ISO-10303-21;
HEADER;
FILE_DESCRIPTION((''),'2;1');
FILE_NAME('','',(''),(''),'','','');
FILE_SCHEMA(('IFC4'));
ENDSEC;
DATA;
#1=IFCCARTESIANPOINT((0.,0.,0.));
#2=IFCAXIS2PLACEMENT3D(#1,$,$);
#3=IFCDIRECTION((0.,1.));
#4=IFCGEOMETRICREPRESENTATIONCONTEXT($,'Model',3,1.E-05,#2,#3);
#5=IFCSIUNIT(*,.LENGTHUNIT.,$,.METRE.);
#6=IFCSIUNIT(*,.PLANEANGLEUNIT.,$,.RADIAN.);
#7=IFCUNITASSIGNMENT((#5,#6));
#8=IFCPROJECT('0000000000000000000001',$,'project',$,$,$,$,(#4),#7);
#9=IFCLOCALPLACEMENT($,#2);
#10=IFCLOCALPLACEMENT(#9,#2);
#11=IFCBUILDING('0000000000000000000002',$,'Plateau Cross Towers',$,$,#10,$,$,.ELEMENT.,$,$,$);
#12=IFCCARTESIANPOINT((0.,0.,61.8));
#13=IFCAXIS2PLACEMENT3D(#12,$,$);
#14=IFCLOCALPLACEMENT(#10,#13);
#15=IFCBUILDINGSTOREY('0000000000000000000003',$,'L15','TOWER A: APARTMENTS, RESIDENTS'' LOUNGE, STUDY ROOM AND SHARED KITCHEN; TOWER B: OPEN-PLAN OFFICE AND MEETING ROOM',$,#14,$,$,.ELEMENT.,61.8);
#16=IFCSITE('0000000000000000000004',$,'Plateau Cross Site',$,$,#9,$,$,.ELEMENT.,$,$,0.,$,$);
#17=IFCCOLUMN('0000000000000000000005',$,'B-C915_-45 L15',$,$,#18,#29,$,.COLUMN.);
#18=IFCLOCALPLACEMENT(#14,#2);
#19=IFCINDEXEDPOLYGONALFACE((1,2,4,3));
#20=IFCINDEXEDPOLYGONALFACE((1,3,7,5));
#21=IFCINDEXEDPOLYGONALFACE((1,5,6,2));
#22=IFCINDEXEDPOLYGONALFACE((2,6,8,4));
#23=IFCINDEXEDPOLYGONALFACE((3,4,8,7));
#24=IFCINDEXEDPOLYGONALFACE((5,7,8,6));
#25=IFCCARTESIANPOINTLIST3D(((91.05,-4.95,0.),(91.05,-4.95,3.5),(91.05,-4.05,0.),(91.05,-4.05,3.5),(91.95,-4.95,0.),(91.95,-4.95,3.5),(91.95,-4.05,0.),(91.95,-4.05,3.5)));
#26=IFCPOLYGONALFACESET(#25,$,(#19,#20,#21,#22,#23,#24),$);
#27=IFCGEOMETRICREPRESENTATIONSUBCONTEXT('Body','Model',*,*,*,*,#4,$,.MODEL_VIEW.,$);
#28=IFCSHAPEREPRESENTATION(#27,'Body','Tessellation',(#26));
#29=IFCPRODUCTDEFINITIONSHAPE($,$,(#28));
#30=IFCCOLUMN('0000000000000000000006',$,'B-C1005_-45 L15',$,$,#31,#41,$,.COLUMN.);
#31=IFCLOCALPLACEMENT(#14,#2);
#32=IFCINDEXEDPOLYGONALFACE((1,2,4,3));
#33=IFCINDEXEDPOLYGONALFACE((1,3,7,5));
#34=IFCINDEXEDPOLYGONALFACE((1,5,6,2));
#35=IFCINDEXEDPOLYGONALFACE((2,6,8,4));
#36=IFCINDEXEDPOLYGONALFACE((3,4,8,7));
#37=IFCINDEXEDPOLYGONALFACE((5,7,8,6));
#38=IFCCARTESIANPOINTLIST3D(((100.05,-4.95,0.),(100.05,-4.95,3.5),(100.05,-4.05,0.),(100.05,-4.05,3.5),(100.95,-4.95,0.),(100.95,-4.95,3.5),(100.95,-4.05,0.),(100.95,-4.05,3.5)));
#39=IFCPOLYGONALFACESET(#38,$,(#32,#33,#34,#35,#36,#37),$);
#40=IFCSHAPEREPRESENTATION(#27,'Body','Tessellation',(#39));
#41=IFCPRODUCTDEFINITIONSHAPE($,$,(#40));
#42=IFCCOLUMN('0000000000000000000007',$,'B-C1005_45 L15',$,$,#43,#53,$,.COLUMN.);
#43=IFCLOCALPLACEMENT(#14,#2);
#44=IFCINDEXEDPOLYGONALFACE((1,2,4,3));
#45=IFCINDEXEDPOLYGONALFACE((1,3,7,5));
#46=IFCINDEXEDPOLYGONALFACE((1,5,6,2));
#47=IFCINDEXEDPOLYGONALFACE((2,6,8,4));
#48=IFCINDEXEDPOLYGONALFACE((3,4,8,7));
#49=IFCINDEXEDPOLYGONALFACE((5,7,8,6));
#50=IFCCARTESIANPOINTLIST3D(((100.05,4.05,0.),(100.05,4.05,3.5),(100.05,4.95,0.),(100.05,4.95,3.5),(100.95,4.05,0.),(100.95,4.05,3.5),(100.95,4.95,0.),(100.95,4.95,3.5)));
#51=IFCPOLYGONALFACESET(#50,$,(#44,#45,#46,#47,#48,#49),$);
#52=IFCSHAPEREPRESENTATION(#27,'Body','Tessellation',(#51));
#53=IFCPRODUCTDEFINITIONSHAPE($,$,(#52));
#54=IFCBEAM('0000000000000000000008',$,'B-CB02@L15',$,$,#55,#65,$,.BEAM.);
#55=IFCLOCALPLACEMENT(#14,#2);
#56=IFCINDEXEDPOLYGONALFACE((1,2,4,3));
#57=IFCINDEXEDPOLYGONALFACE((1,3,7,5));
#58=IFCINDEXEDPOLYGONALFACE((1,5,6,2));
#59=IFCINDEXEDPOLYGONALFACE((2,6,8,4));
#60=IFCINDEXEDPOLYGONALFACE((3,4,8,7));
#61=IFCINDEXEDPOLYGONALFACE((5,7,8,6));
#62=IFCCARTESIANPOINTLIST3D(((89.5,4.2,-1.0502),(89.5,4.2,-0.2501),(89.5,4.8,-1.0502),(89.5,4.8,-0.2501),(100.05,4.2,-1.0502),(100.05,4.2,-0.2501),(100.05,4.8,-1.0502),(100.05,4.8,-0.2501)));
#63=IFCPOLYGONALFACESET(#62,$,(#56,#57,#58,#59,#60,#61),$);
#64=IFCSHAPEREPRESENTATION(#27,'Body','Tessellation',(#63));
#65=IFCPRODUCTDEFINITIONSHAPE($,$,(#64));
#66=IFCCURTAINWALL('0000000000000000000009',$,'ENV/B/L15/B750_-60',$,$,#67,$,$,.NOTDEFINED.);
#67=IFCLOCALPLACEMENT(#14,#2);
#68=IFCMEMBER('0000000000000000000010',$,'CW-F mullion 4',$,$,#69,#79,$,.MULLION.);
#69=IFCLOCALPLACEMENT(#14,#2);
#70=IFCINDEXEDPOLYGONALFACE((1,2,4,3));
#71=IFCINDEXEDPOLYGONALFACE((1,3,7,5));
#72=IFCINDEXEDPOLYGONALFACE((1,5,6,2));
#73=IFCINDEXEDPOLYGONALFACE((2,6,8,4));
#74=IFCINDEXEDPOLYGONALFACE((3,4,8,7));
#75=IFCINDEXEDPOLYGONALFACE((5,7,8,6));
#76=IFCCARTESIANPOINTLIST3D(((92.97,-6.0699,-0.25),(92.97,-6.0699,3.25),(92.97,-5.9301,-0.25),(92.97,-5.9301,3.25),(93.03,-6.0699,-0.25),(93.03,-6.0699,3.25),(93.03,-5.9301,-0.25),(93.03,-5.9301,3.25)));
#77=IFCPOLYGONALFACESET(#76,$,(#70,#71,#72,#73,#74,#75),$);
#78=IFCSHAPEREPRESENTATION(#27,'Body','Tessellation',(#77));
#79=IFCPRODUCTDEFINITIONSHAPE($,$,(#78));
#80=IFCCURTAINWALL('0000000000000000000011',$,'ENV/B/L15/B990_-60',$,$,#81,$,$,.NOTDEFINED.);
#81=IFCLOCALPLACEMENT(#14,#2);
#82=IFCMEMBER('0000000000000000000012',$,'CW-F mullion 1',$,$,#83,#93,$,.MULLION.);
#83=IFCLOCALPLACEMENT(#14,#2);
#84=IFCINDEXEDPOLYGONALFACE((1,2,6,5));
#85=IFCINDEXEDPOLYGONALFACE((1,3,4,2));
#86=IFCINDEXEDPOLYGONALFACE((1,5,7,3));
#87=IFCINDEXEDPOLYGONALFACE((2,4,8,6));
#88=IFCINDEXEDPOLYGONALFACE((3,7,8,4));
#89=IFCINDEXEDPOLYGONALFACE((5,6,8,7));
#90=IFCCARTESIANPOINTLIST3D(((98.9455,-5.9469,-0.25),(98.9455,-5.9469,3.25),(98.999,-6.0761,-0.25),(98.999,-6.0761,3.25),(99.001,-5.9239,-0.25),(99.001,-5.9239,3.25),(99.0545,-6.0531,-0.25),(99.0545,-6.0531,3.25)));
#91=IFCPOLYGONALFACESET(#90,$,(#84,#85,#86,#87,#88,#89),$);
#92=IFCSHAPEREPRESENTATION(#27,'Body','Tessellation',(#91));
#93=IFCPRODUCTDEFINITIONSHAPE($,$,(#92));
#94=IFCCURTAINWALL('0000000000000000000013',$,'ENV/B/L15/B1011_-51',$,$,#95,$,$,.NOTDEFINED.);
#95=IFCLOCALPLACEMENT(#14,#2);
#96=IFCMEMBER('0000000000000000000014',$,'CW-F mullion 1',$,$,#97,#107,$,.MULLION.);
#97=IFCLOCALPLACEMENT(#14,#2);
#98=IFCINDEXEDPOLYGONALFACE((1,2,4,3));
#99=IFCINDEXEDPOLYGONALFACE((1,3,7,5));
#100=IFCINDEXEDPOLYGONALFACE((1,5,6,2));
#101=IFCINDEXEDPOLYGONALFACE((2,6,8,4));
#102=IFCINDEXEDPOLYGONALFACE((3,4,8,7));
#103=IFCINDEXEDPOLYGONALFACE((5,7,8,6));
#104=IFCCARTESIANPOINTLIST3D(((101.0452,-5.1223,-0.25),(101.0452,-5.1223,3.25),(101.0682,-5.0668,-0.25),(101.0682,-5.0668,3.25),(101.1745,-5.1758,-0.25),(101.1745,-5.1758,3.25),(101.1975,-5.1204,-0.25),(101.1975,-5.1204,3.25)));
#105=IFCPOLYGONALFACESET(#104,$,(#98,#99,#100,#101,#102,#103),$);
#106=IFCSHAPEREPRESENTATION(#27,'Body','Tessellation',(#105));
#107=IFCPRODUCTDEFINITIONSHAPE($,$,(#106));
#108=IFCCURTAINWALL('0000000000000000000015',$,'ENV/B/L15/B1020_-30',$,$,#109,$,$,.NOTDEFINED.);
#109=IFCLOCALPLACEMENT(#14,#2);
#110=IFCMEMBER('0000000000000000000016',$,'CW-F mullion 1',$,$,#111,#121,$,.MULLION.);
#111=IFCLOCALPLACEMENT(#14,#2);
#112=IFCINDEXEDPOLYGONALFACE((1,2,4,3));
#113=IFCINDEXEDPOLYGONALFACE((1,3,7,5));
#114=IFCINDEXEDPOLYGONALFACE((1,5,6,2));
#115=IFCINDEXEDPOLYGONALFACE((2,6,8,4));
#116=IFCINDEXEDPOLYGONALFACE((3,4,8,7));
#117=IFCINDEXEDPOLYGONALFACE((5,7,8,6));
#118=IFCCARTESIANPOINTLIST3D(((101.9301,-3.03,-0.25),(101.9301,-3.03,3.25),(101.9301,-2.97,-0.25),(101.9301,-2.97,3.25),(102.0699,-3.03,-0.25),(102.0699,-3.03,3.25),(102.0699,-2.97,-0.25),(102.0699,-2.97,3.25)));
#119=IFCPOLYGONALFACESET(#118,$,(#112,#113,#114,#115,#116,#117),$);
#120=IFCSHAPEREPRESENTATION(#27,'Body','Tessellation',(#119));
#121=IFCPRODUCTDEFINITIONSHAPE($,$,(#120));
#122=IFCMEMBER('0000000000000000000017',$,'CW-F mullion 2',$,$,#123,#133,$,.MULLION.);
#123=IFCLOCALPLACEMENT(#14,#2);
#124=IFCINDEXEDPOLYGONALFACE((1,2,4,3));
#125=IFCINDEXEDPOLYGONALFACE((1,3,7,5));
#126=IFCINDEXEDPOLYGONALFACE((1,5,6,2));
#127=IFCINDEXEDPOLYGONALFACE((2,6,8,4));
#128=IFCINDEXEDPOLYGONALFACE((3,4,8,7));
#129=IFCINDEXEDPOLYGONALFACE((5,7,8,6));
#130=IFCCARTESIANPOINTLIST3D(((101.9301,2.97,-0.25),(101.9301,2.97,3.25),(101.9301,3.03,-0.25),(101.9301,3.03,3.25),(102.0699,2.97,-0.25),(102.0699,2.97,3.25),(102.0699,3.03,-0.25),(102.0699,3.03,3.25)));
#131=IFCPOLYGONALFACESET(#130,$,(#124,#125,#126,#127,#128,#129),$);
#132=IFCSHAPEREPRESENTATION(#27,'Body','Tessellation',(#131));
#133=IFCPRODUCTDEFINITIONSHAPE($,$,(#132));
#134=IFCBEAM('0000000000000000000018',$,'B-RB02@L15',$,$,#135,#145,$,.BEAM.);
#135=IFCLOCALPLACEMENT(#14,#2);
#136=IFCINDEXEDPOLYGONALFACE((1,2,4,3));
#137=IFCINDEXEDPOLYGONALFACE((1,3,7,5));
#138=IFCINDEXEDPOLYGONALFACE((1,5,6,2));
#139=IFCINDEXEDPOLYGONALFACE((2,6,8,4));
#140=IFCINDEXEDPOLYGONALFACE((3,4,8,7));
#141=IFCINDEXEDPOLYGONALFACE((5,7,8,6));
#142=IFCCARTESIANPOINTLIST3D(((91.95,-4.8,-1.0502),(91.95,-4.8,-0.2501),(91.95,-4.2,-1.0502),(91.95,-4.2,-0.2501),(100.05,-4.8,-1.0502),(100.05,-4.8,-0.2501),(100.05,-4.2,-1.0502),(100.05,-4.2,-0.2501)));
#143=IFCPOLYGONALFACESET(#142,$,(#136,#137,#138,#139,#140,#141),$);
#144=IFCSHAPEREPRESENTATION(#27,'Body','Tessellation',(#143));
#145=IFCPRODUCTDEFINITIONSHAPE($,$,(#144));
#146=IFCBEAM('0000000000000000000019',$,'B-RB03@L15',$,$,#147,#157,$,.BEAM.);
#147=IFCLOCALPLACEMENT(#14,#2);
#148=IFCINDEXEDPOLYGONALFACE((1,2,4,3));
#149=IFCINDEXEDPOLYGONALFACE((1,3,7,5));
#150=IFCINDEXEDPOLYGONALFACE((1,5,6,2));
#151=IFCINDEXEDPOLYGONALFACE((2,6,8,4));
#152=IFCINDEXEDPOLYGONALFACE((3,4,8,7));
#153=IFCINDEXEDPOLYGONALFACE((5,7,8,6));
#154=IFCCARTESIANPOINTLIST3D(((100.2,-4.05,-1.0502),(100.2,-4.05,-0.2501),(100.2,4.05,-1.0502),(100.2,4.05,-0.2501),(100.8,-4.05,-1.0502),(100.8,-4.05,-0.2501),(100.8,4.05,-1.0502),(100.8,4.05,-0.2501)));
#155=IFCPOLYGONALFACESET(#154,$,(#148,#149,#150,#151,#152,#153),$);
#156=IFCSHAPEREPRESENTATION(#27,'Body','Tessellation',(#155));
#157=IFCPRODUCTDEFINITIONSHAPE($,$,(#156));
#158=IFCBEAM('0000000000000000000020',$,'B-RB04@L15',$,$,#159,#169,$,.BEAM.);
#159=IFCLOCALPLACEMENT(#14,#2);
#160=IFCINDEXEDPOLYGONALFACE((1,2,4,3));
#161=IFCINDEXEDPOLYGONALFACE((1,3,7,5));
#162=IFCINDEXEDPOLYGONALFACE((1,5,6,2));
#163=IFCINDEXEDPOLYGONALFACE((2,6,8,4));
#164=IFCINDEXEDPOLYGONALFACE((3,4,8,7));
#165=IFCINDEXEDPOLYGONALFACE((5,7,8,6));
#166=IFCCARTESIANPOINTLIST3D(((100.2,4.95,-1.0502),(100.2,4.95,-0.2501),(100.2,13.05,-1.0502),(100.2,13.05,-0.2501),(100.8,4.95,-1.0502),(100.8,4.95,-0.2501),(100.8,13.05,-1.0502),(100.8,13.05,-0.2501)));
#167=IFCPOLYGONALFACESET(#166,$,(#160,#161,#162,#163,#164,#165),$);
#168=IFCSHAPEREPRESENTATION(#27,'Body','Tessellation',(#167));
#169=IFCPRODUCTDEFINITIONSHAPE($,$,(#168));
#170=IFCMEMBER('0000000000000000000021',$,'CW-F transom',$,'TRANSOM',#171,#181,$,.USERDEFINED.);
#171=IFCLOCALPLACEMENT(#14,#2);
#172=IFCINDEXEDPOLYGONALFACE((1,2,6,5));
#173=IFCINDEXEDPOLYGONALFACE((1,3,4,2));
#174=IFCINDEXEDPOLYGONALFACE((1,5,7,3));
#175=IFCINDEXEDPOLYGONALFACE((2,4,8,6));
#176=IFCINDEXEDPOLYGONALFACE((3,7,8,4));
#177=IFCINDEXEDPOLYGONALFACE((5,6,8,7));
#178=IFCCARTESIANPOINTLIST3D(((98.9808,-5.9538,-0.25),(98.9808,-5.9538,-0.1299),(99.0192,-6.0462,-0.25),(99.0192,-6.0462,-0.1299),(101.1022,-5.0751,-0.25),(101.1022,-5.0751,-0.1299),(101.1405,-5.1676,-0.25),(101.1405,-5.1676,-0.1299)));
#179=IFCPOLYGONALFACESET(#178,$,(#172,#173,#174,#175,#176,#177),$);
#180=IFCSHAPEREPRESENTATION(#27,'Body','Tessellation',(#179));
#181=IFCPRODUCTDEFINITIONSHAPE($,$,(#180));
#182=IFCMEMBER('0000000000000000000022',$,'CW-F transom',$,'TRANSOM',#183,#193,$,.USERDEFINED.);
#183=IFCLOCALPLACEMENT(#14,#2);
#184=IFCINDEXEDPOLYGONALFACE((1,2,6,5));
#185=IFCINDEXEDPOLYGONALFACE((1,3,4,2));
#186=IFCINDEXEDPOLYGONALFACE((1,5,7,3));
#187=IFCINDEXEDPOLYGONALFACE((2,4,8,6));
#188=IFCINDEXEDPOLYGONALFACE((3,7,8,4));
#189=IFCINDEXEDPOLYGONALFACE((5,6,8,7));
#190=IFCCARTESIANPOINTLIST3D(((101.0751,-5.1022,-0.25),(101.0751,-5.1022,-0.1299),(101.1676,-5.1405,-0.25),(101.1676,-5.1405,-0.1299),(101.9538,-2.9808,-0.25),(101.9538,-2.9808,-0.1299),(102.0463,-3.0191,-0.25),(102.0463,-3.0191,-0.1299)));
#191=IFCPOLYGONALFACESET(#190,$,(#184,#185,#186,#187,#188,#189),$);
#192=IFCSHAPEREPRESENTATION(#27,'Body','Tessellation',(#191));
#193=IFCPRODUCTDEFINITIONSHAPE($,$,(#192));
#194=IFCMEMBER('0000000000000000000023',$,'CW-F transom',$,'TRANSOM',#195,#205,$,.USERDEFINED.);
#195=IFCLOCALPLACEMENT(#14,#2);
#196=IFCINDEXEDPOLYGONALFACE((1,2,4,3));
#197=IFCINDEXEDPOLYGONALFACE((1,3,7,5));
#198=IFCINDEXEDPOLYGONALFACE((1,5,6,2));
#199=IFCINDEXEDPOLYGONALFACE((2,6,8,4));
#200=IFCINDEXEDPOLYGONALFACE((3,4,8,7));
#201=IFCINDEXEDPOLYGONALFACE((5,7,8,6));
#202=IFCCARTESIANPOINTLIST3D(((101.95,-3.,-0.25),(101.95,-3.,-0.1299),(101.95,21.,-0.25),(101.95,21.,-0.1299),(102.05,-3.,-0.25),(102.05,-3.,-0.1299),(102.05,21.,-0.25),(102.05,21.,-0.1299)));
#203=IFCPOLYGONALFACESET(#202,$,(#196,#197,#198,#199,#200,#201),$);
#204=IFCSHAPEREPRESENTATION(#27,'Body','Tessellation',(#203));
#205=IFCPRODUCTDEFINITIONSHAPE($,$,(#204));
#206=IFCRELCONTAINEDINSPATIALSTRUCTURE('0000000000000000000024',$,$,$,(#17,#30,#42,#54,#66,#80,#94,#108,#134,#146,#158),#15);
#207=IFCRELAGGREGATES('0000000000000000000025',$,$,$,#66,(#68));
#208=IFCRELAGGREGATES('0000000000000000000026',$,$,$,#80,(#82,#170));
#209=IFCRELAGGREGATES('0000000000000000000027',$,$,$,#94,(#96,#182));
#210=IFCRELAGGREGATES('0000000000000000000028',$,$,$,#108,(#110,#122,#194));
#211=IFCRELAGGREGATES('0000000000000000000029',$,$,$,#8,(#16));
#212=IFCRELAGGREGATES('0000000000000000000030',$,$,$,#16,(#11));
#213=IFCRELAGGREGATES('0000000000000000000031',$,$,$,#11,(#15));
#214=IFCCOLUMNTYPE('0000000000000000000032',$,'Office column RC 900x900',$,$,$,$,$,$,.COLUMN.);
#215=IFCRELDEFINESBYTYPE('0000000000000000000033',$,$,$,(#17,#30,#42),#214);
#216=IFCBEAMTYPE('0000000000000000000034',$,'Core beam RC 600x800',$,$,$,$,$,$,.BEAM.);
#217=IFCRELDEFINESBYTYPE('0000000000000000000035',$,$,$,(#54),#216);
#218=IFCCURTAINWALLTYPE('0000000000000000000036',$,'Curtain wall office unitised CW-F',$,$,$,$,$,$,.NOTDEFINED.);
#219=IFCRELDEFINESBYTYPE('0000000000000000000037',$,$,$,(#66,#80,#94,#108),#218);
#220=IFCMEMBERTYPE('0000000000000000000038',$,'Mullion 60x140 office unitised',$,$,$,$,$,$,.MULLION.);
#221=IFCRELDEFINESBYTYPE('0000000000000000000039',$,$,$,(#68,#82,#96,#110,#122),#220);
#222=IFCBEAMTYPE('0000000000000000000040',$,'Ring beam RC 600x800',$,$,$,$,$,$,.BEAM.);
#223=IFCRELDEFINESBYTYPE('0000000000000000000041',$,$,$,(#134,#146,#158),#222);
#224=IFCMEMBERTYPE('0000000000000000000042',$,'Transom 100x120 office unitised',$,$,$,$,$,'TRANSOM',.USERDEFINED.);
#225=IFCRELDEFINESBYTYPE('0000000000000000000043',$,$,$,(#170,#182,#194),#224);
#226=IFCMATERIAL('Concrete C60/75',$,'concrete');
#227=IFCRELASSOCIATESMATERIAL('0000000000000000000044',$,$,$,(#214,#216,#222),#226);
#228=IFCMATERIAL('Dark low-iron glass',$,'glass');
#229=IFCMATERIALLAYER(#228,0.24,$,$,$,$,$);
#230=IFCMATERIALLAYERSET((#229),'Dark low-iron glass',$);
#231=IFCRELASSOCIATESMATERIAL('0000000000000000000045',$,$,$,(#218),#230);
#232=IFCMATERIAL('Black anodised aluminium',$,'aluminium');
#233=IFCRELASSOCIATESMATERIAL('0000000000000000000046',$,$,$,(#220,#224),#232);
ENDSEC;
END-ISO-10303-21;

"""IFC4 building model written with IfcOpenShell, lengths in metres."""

from ifc_helpers import new_model, si_unit, direction, frame, origin, origin_2d, place, context, subcontext, project, spatial, rectangle, extrude, material, layer, layer_set, material_profile, profile_set, type_object, element, aggregate, save


model = new_model("IFC4")

# Units and contexts
model_context = context("Model", 3, precision=1e-05, world=origin(), true_north=direction((0.0, 1.0)))
body_context = subcontext(model_context, "Body", "Model", "MODEL_VIEW")
ifc_project = project(units=[si_unit("LENGTHUNIT", "METRE"), si_unit("PLANEANGLEUNIT", "RADIAN")], contexts=[model_context])

# Site, building, storey
site_placement = place(None, origin())
site = spatial("IfcSite", under=ifc_project, at=site_placement, Name="Plateau Cross Site", CompositionType="ELEMENT", RefElevation=0.0)
building_placement = place(site_placement, origin())
building = spatial("IfcBuilding", under=site, at=building_placement, Name="Plateau Cross Towers", CompositionType="ELEMENT")
storey_placement = place(building_placement, frame((0.0, 0.0, 61.8)))
storey = spatial("IfcBuildingStorey", under=building, at=storey_placement, Name="L15", Description="TOWER A: APARTMENTS, RESIDENTS' LOUNGE, STUDY ROOM AND SHARED KITCHEN; TOWER B: OPEN-PLAN OFFICE AND MEETING ROOM", CompositionType="ELEMENT", Elevation=61.8)

# Columns
ifc_material_1 = material(Name="Concrete C60/75", Category="concrete")
ifc_material_profile_1 = material_profile(ifc_material_1, rectangle(XDim=0.8999, YDim=0.8999, at=origin_2d()), Name="RC 900x900")
ifc_profile_set_1 = profile_set([ifc_material_profile_1], Name="Concrete C60/75")
column_type = type_object("IfcColumnType", Name="Office column RC 900x900", PredefinedType="COLUMN", material=ifc_profile_set_1)
for number, where, z_axis, x_axis, name in (
    (1, (91.5, -4.5, 0.0), (0.0, 0.0, 1.0), (1.0, 0.0, 0.0), "B-C915_-45 L15"),
    (2, (100.5, -4.5, 0.0), (0.0, 0.0, 1.0), (1.0, 0.0, 0.0), "B-C1005_-45 L15"),
    (3, (100.5, 4.5, 0.0), (0.0, 0.0, 1.0), (1.0, 0.0, 0.0), "B-C1005_45 L15"),
):
    element("IfcColumn", number, at=place(storey_placement, frame(where, z_axis=z_axis, x_axis=x_axis)), inside=storey, type_object=column_type, Name=name, PredefinedType="COLUMN", context=body_context, shape_type="SweptSolid", body=[
        extrude(rectangle(XDim=0.8999, YDim=0.8999, at=origin_2d()), origin(), (0.0, 0.0, 1.0), 3.5),
    ])

# Beam
ifc_material_profile_2 = material_profile(ifc_material_1, rectangle(XDim=0.6001, YDim=0.8, at=origin_2d()), Name="RC 600x800")
ifc_profile_set_2 = profile_set([ifc_material_profile_2], Name="Concrete C60/75")
beam_type_1 = type_object("IfcBeamType", Name="Core beam RC 600x800", PredefinedType="BEAM", material=ifc_profile_set_2)
beam_placement = place(storey_placement, frame((89.5, 4.5, -0.6501), z_axis=(1.0, 0.0, 0.0), x_axis=(0.0, 1.0, 0.0)))
element("IfcBeam", 4, at=beam_placement, inside=storey, type_object=beam_type_1, Name="B-CB02@L15", PredefinedType="BEAM", context=body_context, shape_type="SweptSolid", body=[
    extrude(rectangle(XDim=0.6001, YDim=0.8, at=origin_2d()), origin(), (0.0, 0.0, 1.0), 10.55),
])

# Curtain walls, members
ifc_material_2 = material(Name="Dark low-iron glass", Category="glass")
ifc_layer_1 = layer(ifc_material_2, 0.24)
ifc_layer_set_1 = layer_set([ifc_layer_1], Name="Dark low-iron glass")
curtain_wall_type = type_object("IfcCurtainWallType", Name="Curtain wall office unitised CW-F", PredefinedType="NOTDEFINED", material=ifc_layer_set_1)
curtain_wall_1_placement = place(storey_placement, origin())
curtain_wall_1 = element("IfcCurtainWall", 5, at=curtain_wall_1_placement, inside=storey, type_object=curtain_wall_type, Name="ENV/B/L15/B750_-60", PredefinedType="NOTDEFINED")
ifc_material_3 = material(Name="Black anodised aluminium", Category="aluminium")
ifc_material_profile_3 = material_profile(ifc_material_3, rectangle(XDim=0.0601, YDim=0.1399, at=origin_2d()), Name="MULLION 60x140")
ifc_profile_set_3 = profile_set([ifc_material_profile_3], Name="Black anodised aluminium")
member_type_1 = type_object("IfcMemberType", Name="Mullion 60x140 office unitised", PredefinedType="MULLION", material=ifc_profile_set_3)
member_1_placement = place(storey_placement, frame((93.0, -6.0, -0.25), z_axis=(0.0, 0.0, 1.0), x_axis=(1.0, 0.0, 0.0)))
member_1 = element("IfcMember", 6, at=member_1_placement, type_object=member_type_1, Name="CW-F mullion 4", PredefinedType="MULLION", context=body_context, shape_type="SweptSolid", body=[
    extrude(rectangle(XDim=0.0601, YDim=0.1399, at=origin_2d()), origin(), (0.0, 0.0, 1.0), 3.5),
])
curtain_wall_2_placement = place(storey_placement, origin())
curtain_wall_2 = element("IfcCurtainWall", 7, at=curtain_wall_2_placement, inside=storey, type_object=curtain_wall_type, Name="ENV/B/L15/B990_-60", PredefinedType="NOTDEFINED")
member_2_placement = place(storey_placement, frame((99.0, -6.0, -0.25), z_axis=(0.0, 0.0, 1.0), x_axis=(0.923879, 0.382684, 0.0)))
member_2 = element("IfcMember", 8, at=member_2_placement, type_object=member_type_1, Name="CW-F mullion 1", PredefinedType="MULLION", context=body_context, shape_type="SweptSolid", body=[
    extrude(rectangle(XDim=0.0601, YDim=0.1399, at=origin_2d()), origin(), (0.0, 0.0, 1.0), 3.5),
])
curtain_wall_3_placement = place(storey_placement, origin())
curtain_wall_3 = element("IfcCurtainWall", 9, at=curtain_wall_3_placement, inside=storey, type_object=curtain_wall_type, Name="ENV/B/L15/B1011_-51", PredefinedType="NOTDEFINED")
member_3_placement = place(storey_placement, frame((101.1213, -5.1213, -0.25), z_axis=(0.0, 0.0, 1.0), x_axis=(0.382684, 0.923879, 0.0)))
member_3 = element("IfcMember", 10, at=member_3_placement, type_object=member_type_1, Name="CW-F mullion 1", PredefinedType="MULLION", context=body_context, shape_type="SweptSolid", body=[
    extrude(rectangle(XDim=0.0601, YDim=0.1399, at=origin_2d()), origin(), (0.0, 0.0, 1.0), 3.5),
])

# Curtain wall, members
curtain_wall_4_placement = place(storey_placement, origin())
curtain_wall_4 = element("IfcCurtainWall", 11, at=curtain_wall_4_placement, inside=storey, type_object=curtain_wall_type, Name="ENV/B/L15/B1020_-30", PredefinedType="NOTDEFINED")
member_4_placement = place(storey_placement, frame((102.0, -3.0, -0.25), z_axis=(0.0, 0.0, 1.0), x_axis=(0.0, 1.0, 0.0)))
member_4 = element("IfcMember", 12, at=member_4_placement, type_object=member_type_1, Name="CW-F mullion 1", PredefinedType="MULLION", context=body_context, shape_type="SweptSolid", body=[
    extrude(rectangle(XDim=0.0601, YDim=0.1399, at=origin_2d()), origin(), (0.0, 0.0, 1.0), 3.5),
])
member_5_placement = place(storey_placement, frame((102.0, 3.0, -0.25), z_axis=(0.0, 0.0, 1.0), x_axis=(0.0, 1.0, 0.0)))
member_5 = element("IfcMember", 13, at=member_5_placement, type_object=member_type_1, Name="CW-F mullion 2", PredefinedType="MULLION", context=body_context, shape_type="SweptSolid", body=[
    extrude(rectangle(XDim=0.0601, YDim=0.1399, at=origin_2d()), origin(), (0.0, 0.0, 1.0), 3.5),
])

# Beams
ifc_material_profile_4 = material_profile(ifc_material_1, rectangle(XDim=0.6001, YDim=0.8, at=origin_2d()), Name="RC 600x800")
ifc_profile_set_4 = profile_set([ifc_material_profile_4], Name="Concrete C60/75")
beam_type_2 = type_object("IfcBeamType", Name="Ring beam RC 600x800", PredefinedType="BEAM", material=ifc_profile_set_4)
for number, where, z_axis, x_axis, name in (
    (14, (91.95, -4.5, -0.6501), (1.0, 0.0, 0.0), (0.0, 1.0, 0.0), "B-RB02@L15"),
    (15, (100.5, -4.05, -0.6501), (0.0, 1.0, 0.0), (-1.0, 0.0, 0.0), "B-RB03@L15"),
    (16, (100.5, 4.95, -0.6501), (0.0, 1.0, 0.0), (-1.0, 0.0, 0.0), "B-RB04@L15"),
):
    element("IfcBeam", number, at=place(storey_placement, frame(where, z_axis=z_axis, x_axis=x_axis)), inside=storey, type_object=beam_type_2, Name=name, PredefinedType="BEAM", context=body_context, shape_type="SweptSolid", body=[
        extrude(rectangle(XDim=0.6001, YDim=0.8, at=origin_2d()), origin(), (0.0, 0.0, 1.0), 8.1001),
    ])

# Members
ifc_material_profile_5 = material_profile(ifc_material_3, rectangle(XDim=0.1001, YDim=0.1201, at=origin_2d()), Name="TRANSOM 100x120")
ifc_profile_set_5 = profile_set([ifc_material_profile_5], Name="Black anodised aluminium")
member_type_2 = type_object("IfcMemberType", Name="Transom 100x120 office unitised", ElementType="TRANSOM", PredefinedType="USERDEFINED", material=ifc_profile_set_5)
member_6_placement = place(storey_placement, frame((99.0, -6.0, -0.1899), z_axis=(0.923883, 0.382674, 0.0), x_axis=(-0.382674, 0.923883, 0.0)))
member_6 = element("IfcMember", 17, at=member_6_placement, type_object=member_type_2, Name="CW-F transom", ObjectType="TRANSOM", PredefinedType="USERDEFINED", context=body_context, shape_type="SweptSolid", body=[
    extrude(rectangle(XDim=0.1001, YDim=0.1201, at=origin_2d()), origin(), (0.0, 0.0, 1.0), 2.2961),
])
member_7_placement = place(storey_placement, frame((101.1213, -5.1213, -0.1899), z_axis=(0.382674, 0.923883, 0.0), x_axis=(-0.923883, 0.382674, 0.0)))
member_7 = element("IfcMember", 18, at=member_7_placement, type_object=member_type_2, Name="CW-F transom", ObjectType="TRANSOM", PredefinedType="USERDEFINED", context=body_context, shape_type="SweptSolid", body=[
    extrude(rectangle(XDim=0.1001, YDim=0.1201, at=origin_2d()), origin(), (0.0, 0.0, 1.0), 2.2961),
])
member_8_placement = place(storey_placement, frame((102.0, -3.0, -0.1899), z_axis=(0.0, 1.0, 0.0), x_axis=(-1.0, 0.0, 0.0)))
member_8 = element("IfcMember", 19, at=member_8_placement, type_object=member_type_2, Name="CW-F transom", ObjectType="TRANSOM", PredefinedType="USERDEFINED", context=body_context, shape_type="SweptSolid", body=[
    extrude(rectangle(XDim=0.1001, YDim=0.1201, at=origin_2d()), origin(), (0.0, 0.0, 1.0), 24.0),
])

aggregate(curtain_wall_1, [member_1])
aggregate(curtain_wall_2, [member_2, member_6])
aggregate(curtain_wall_3, [member_3, member_7])
aggregate(curtain_wall_4, [member_4, member_5, member_8])

save(model, "model.ifc")
